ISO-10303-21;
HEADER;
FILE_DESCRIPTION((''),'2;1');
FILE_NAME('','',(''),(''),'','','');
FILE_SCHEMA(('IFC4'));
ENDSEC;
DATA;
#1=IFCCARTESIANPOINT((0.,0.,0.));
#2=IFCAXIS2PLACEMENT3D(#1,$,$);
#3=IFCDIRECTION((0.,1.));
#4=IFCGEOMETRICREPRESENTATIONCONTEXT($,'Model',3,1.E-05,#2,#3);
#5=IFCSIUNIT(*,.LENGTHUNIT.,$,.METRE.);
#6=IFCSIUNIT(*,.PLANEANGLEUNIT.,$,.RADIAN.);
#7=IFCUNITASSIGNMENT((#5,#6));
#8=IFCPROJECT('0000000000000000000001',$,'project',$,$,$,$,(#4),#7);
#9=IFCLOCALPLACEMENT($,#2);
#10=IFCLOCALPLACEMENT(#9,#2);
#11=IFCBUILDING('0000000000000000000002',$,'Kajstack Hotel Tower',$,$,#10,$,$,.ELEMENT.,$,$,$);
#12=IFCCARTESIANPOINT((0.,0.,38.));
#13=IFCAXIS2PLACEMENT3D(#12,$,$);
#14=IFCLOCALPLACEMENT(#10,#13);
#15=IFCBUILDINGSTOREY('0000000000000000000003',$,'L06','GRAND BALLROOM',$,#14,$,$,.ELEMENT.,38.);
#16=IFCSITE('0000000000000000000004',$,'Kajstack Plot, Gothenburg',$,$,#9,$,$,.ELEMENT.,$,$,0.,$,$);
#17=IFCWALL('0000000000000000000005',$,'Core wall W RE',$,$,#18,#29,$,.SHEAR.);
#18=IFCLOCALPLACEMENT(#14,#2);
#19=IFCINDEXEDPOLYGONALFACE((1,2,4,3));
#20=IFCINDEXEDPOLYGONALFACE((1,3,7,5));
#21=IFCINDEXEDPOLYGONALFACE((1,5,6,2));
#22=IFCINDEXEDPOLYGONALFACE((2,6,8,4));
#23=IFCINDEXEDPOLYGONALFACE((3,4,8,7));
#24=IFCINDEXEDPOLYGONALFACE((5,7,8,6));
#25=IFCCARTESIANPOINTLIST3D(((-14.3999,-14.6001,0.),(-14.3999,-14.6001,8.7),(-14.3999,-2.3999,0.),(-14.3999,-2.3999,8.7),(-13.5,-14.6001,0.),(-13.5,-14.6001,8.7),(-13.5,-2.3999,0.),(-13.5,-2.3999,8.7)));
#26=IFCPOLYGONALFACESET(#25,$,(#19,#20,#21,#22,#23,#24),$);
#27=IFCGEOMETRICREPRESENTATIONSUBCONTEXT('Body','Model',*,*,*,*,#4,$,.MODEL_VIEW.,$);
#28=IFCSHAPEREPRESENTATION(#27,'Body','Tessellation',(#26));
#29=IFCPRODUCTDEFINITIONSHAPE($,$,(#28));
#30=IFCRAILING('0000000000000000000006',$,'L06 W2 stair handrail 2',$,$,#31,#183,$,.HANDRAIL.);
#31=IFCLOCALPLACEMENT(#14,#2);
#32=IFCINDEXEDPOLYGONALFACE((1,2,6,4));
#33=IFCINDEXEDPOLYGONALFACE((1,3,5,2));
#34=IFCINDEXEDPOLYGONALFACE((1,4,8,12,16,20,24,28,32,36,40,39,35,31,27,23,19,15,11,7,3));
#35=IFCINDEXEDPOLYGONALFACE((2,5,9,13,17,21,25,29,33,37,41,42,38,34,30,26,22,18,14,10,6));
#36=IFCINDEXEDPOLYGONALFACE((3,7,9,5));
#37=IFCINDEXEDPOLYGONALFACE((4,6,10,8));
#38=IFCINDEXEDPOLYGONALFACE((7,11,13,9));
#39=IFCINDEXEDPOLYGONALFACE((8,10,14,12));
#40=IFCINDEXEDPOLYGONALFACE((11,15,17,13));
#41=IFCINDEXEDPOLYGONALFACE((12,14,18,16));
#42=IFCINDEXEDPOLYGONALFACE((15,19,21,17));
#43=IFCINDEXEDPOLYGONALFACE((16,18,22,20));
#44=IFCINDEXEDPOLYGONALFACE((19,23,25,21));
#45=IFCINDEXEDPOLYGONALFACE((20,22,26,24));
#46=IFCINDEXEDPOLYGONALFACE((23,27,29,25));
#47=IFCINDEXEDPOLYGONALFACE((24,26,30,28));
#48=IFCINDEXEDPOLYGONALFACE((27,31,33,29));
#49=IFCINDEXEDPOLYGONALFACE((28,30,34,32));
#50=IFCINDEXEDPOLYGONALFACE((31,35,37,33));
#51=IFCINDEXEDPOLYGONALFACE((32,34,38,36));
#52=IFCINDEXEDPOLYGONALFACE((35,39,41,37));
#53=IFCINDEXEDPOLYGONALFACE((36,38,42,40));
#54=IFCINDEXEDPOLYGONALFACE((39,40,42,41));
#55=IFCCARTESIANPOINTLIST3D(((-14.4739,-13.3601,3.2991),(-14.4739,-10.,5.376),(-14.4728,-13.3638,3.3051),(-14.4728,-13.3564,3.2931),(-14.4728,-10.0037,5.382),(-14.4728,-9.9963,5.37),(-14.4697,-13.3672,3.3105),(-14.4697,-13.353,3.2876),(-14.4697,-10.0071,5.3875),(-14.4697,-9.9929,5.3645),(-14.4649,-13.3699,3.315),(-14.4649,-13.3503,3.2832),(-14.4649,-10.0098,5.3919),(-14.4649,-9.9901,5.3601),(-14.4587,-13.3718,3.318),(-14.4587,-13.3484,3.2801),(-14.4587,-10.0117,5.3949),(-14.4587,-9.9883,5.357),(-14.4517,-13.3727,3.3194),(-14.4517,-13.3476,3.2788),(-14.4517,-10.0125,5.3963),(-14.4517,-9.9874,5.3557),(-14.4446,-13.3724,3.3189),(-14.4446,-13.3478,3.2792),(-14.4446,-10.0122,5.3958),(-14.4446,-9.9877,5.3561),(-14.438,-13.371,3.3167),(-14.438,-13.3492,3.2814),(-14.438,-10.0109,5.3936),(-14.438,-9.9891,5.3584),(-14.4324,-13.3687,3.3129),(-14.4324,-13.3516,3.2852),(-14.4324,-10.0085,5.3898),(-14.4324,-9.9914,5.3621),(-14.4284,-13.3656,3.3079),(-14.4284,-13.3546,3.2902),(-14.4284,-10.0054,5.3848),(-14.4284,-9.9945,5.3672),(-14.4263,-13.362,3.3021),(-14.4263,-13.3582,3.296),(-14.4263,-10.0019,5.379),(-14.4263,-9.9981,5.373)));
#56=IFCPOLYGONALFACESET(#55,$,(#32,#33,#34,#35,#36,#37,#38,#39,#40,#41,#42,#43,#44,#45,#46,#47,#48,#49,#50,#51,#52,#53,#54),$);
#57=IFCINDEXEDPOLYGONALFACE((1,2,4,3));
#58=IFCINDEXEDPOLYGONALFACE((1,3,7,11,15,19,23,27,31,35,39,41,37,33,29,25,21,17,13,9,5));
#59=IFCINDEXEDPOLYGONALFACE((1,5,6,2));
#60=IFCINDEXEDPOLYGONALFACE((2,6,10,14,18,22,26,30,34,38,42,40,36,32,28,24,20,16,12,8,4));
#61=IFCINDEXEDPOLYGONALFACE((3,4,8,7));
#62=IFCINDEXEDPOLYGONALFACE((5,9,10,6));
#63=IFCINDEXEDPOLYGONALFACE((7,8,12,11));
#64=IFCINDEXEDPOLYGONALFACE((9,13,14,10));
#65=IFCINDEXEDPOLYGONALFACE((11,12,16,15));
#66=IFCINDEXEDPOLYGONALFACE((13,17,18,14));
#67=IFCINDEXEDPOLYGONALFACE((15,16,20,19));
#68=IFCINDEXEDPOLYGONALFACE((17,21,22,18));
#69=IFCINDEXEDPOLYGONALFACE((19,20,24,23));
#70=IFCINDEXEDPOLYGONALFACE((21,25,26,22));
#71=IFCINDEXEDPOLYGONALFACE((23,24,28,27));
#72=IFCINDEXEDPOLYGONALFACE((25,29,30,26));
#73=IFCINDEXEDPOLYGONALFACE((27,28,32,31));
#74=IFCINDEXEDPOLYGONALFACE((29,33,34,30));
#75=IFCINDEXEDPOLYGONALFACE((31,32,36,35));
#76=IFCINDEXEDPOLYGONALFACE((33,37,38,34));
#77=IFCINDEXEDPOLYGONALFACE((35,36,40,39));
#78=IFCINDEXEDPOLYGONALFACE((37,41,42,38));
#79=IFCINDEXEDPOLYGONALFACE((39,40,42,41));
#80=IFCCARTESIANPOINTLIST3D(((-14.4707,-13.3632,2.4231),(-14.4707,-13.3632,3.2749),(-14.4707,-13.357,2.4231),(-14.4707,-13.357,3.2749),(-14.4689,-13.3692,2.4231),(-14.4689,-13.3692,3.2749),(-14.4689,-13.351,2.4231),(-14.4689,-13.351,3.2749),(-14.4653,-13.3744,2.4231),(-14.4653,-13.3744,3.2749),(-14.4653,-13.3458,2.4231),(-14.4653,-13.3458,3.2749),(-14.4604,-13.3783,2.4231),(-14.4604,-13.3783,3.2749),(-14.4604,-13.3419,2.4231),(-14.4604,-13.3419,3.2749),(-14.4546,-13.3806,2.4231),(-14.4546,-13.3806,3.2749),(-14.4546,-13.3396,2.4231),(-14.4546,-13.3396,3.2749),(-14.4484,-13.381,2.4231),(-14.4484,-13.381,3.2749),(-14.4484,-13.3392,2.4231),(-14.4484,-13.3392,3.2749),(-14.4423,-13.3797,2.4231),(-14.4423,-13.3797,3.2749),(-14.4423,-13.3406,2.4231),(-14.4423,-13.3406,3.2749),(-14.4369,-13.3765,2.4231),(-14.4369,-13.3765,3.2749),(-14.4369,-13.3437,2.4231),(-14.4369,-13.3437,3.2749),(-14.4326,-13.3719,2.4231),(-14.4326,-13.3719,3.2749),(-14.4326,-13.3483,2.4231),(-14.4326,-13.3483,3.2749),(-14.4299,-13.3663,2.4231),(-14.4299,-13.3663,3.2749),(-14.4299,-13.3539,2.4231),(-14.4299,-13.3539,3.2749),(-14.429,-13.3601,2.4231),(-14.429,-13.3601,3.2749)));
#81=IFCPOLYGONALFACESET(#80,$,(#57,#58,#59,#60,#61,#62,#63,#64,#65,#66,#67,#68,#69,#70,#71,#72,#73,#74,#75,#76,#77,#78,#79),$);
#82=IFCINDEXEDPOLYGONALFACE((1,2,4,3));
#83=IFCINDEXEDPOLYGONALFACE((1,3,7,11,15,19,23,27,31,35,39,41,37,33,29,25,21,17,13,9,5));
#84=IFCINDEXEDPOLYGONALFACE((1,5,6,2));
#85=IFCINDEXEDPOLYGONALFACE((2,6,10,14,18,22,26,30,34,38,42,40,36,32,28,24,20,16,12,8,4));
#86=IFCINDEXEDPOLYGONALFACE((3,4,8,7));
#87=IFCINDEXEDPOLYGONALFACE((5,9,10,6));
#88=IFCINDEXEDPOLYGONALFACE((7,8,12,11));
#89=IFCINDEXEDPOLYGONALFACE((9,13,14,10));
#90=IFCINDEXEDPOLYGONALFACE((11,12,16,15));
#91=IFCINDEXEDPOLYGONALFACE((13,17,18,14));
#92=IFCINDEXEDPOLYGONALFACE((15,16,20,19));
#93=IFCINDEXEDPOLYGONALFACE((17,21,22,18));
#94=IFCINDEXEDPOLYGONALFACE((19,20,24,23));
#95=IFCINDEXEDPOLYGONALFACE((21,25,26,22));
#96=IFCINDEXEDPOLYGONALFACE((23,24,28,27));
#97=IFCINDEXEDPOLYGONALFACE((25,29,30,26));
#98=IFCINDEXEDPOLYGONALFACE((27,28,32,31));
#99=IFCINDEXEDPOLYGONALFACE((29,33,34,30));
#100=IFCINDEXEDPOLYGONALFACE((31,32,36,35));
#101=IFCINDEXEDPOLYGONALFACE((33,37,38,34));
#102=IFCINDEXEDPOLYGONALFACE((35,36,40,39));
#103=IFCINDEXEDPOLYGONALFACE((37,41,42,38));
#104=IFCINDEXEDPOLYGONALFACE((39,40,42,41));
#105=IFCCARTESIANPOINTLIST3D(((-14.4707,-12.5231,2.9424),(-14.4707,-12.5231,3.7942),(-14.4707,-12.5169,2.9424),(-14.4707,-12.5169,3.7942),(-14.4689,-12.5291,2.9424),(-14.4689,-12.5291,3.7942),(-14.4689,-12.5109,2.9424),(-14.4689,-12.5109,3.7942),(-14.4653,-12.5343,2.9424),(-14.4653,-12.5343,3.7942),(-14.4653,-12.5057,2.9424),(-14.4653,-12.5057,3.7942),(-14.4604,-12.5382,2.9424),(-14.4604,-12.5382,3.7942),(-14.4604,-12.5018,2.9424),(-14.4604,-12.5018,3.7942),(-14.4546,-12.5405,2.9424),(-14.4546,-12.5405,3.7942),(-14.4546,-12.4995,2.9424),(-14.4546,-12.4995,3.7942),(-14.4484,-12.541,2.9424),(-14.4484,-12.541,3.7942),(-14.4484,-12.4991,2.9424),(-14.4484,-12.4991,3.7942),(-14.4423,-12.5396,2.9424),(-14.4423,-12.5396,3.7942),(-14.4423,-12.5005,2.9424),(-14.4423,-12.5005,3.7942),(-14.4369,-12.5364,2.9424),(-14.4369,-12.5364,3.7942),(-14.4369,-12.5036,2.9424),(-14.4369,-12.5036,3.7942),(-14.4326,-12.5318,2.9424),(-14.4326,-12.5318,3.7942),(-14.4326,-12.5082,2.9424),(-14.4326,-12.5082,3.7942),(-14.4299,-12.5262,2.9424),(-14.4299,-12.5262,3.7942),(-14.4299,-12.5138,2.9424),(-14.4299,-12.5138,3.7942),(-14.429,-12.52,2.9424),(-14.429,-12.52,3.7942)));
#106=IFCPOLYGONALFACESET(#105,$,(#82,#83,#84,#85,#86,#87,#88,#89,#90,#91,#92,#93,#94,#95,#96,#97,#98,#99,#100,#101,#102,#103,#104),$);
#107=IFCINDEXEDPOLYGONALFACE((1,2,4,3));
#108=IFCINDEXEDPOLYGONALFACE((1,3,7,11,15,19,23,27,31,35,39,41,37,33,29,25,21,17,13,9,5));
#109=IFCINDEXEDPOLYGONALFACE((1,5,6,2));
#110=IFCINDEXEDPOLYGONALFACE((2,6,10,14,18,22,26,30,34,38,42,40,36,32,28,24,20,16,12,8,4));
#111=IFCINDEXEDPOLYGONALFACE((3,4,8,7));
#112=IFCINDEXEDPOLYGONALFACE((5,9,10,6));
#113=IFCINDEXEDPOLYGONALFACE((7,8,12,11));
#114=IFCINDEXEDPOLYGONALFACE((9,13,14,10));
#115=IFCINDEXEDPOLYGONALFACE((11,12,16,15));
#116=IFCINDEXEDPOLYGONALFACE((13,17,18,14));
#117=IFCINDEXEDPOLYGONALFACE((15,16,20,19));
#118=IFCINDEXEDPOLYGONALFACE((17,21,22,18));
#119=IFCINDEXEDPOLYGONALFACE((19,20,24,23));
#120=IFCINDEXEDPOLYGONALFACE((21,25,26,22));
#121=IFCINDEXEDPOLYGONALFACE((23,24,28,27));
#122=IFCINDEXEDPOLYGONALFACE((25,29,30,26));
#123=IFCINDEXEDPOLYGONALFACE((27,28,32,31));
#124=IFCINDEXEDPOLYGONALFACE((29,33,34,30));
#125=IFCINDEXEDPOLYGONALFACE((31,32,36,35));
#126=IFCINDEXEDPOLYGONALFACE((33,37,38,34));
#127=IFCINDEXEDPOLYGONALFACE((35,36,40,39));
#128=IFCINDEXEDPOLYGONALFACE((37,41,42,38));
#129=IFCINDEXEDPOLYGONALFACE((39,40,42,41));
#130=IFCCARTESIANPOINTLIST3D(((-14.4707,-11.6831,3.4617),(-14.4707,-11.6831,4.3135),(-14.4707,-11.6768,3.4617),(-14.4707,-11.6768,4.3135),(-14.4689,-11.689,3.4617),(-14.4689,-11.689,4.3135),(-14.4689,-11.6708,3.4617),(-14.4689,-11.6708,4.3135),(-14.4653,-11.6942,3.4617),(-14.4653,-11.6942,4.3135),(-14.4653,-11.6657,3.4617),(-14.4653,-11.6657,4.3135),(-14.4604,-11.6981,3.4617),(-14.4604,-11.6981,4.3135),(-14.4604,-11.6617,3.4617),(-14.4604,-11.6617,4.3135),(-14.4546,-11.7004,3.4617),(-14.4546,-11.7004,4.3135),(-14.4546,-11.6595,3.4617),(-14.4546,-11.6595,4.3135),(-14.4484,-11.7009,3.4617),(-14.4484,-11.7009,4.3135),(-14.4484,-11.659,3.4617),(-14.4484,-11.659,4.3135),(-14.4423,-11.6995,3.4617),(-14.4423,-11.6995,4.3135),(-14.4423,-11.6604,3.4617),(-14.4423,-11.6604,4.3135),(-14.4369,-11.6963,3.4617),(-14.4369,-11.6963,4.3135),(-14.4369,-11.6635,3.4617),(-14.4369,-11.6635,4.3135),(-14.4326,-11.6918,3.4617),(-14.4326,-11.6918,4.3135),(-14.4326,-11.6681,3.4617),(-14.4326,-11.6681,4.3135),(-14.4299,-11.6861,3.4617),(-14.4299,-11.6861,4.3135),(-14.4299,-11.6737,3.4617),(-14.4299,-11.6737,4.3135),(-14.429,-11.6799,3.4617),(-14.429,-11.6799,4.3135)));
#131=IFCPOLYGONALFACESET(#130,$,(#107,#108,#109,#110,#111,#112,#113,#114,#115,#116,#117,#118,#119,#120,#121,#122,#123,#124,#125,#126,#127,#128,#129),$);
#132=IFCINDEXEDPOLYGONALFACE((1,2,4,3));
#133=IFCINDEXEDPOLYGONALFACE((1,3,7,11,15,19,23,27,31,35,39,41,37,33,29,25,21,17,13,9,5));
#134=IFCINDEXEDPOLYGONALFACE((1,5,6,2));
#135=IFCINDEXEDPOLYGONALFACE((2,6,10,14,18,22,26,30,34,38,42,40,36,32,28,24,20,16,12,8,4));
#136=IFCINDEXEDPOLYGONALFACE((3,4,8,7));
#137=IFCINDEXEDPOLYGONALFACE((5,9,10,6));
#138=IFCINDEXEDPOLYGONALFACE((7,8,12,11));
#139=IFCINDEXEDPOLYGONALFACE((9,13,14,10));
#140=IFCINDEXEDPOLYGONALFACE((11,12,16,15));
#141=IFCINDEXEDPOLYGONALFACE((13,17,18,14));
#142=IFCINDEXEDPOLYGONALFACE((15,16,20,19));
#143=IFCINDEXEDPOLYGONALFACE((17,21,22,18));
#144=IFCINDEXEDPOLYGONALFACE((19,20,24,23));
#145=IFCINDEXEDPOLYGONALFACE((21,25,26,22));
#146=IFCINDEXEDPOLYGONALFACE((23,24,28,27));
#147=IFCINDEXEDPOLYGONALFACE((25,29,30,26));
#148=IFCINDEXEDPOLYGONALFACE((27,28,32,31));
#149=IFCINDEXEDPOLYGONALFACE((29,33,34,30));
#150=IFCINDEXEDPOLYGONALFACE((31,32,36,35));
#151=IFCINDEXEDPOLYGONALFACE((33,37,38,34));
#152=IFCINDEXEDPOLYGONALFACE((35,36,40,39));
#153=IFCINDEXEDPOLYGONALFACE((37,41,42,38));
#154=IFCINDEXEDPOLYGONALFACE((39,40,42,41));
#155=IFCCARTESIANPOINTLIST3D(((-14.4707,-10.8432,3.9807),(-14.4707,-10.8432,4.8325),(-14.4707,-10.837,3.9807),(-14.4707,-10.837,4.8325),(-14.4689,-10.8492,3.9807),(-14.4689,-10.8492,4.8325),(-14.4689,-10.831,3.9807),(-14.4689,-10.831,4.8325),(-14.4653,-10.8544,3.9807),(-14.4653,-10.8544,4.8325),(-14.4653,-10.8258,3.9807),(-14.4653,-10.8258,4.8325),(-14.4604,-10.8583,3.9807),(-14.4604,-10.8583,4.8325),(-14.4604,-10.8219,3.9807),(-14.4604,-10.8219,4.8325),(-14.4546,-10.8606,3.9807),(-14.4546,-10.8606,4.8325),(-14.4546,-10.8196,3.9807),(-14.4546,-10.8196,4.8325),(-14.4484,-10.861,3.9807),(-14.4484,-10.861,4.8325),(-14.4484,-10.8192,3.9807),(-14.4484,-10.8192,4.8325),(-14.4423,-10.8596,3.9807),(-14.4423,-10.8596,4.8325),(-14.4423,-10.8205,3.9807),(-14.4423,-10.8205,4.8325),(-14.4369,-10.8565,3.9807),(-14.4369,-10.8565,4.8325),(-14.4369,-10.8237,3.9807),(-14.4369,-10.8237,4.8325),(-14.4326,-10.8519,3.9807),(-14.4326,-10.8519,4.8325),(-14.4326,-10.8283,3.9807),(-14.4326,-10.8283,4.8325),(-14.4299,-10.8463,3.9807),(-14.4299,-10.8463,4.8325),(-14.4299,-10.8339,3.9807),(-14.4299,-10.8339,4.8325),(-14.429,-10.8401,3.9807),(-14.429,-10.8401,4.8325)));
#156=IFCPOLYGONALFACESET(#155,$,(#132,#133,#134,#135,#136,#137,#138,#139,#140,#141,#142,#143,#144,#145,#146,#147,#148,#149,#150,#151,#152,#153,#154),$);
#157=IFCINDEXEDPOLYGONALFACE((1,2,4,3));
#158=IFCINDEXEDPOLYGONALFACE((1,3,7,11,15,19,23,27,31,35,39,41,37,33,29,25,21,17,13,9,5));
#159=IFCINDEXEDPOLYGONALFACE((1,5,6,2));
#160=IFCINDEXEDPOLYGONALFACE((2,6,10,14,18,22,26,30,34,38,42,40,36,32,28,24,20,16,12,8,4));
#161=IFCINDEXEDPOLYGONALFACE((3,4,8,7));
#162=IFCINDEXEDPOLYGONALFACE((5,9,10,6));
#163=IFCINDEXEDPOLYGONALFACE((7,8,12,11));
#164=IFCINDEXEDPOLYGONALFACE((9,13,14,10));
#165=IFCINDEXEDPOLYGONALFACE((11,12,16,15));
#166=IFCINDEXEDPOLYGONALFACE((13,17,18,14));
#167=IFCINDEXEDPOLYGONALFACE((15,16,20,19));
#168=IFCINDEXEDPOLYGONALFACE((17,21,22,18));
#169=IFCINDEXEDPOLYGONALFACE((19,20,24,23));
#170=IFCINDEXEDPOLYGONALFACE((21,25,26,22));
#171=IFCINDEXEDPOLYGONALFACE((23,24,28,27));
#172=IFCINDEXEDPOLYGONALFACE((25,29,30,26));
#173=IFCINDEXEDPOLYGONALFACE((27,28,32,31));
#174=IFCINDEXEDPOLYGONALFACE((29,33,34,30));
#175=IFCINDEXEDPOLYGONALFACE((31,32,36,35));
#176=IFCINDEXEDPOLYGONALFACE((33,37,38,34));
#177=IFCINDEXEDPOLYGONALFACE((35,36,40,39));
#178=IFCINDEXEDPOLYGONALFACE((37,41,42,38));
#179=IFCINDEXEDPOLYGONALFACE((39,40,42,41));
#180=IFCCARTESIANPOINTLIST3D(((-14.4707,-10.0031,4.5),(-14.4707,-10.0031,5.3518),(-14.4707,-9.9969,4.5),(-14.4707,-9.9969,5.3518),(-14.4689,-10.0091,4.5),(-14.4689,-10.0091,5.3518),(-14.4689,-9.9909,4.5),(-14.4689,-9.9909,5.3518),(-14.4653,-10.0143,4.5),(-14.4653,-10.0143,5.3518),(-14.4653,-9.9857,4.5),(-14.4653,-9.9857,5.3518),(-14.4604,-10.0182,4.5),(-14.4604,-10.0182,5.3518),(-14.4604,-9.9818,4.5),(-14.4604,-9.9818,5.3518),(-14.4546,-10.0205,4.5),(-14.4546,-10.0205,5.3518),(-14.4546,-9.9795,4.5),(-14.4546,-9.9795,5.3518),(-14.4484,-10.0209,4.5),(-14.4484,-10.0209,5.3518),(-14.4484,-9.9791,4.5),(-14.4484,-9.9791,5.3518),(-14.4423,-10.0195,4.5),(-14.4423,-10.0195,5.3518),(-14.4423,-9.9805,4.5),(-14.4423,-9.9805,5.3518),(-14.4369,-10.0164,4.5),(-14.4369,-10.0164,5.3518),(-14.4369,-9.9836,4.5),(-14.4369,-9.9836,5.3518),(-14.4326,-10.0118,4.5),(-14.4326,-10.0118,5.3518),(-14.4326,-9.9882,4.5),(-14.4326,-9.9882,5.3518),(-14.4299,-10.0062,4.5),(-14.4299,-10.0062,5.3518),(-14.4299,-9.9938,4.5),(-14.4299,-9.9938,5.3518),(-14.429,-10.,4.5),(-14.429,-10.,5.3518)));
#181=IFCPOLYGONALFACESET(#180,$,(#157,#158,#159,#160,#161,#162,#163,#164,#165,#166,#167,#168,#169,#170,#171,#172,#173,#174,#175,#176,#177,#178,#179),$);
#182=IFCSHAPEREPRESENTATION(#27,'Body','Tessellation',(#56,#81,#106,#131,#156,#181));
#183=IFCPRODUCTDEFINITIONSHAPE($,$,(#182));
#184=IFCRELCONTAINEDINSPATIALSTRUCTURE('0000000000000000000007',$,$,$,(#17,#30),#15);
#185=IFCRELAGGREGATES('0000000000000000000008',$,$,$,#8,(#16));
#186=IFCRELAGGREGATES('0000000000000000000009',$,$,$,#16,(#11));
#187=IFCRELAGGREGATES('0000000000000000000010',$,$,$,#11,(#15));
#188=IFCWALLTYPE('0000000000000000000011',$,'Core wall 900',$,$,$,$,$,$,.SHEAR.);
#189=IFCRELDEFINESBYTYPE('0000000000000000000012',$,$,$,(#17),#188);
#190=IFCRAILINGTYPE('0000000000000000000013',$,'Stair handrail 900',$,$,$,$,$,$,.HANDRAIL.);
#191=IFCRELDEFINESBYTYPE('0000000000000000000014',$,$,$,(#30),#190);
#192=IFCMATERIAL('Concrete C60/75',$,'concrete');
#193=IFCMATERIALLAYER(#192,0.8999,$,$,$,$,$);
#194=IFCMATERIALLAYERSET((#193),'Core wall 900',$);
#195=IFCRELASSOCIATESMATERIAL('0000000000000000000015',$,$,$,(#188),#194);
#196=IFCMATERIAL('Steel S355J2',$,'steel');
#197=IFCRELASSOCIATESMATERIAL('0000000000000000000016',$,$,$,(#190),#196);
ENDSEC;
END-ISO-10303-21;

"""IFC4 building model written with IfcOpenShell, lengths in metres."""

from ifc_helpers import new_model, si_unit, direction, frame, frame_2d, origin, origin_2d, place, context, subcontext, project, spatial, rectangle, circle, extrude, material, layer, layer_set, type_object, element, save


model = new_model("IFC4")

# Units and contexts
model_context = context("Model", 3, precision=1e-05, world=origin(), true_north=direction((0.0, 1.0)))
body_context = subcontext(model_context, "Body", "Model", "MODEL_VIEW")
ifc_project = project(units=[si_unit("LENGTHUNIT", "METRE"), si_unit("PLANEANGLEUNIT", "RADIAN")], contexts=[model_context])

# Site, building, storey
site_placement = place(None, origin())
site = spatial("IfcSite", under=ifc_project, at=site_placement, Name="Kajstack Plot, Gothenburg", CompositionType="ELEMENT", RefElevation=0.0)
building_placement = place(site_placement, origin())
building = spatial("IfcBuilding", under=site, at=building_placement, Name="Kajstack Hotel Tower", CompositionType="ELEMENT")
storey_placement = place(building_placement, frame((0.0, 0.0, 38.0)))
storey = spatial("IfcBuildingStorey", under=building, at=storey_placement, Name="L06", Description="GRAND BALLROOM", CompositionType="ELEMENT", Elevation=38.0)

# Wall
ifc_material_1 = material(Name="Concrete C60/75", Category="concrete")
ifc_layer_1 = layer(ifc_material_1, 0.8999)
ifc_layer_set_1 = layer_set([ifc_layer_1], Name="Core wall 900")
wall_type_1 = type_object("IfcWallType", Name="Core wall 900", PredefinedType="SHEAR", material=ifc_layer_set_1)
wall_1_placement = place(storey_placement, frame((-13.95, -14.6001, 0.0), z_axis=(0.0, 0.0, 1.0), x_axis=(0.0, 1.0, 0.0)))
element("IfcWall", 1, at=wall_1_placement, inside=storey, type_object=wall_type_1, Name="Core wall W RE", PredefinedType="SHEAR", context=body_context, shape_type="SweptSolid", body=[
    extrude(rectangle(XDim=12.2002, YDim=0.8999, at=frame_2d((6.1001, 0.0))), origin(), (0.0, 0.0, 1.0), 8.7),
])

# Railing
ifc_material_2 = material(Name="Steel S355J2", Category="steel")
railing_type = type_object("IfcRailingType", Name="Stair handrail 900", PredefinedType="HANDRAIL", material=ifc_material_2)
for number, where, name in (
    (2, (-14.45, -13.3601, 2.4231), "L06 W2 stair handrail 2"),
):
    element("IfcRailing", number, at=place(storey_placement, frame(where)), inside=storey, type_object=railing_type, Name=name, PredefinedType="HANDRAIL", context=body_context, shape_type="SweptSolid", body=[
        extrude(circle(Radius=0.0239, at=origin_2d()), frame((0.0, 0.0, 0.876), z_axis=(0.0, 0.850623, 0.525776), x_axis=(-1.0, 0.0, 0.0)), (0.0, 0.0, 1.0), 3.9502),
        extrude(circle(Radius=0.021, at=origin_2d()), origin(), (0.0, 0.0, 1.0), 0.8518),
        extrude(circle(Radius=0.021, at=origin_2d()), frame((0.0, 0.8401, 0.5193)), (0.0, 0.0, 1.0), 0.8518),
        extrude(circle(Radius=0.021, at=origin_2d()), frame((0.0, 1.6802, 1.0386)), (0.0, 0.0, 1.0), 0.8518),
        extrude(circle(Radius=0.021, at=origin_2d()), frame((0.0, 2.52, 1.5576)), (0.0, 0.0, 1.0), 0.8518),
        extrude(circle(Radius=0.021, at=origin_2d()), frame((0.0, 3.3601, 2.0769)), (0.0, 0.0, 1.0), 0.8518),
    ])

save(model, "model.ifc")
